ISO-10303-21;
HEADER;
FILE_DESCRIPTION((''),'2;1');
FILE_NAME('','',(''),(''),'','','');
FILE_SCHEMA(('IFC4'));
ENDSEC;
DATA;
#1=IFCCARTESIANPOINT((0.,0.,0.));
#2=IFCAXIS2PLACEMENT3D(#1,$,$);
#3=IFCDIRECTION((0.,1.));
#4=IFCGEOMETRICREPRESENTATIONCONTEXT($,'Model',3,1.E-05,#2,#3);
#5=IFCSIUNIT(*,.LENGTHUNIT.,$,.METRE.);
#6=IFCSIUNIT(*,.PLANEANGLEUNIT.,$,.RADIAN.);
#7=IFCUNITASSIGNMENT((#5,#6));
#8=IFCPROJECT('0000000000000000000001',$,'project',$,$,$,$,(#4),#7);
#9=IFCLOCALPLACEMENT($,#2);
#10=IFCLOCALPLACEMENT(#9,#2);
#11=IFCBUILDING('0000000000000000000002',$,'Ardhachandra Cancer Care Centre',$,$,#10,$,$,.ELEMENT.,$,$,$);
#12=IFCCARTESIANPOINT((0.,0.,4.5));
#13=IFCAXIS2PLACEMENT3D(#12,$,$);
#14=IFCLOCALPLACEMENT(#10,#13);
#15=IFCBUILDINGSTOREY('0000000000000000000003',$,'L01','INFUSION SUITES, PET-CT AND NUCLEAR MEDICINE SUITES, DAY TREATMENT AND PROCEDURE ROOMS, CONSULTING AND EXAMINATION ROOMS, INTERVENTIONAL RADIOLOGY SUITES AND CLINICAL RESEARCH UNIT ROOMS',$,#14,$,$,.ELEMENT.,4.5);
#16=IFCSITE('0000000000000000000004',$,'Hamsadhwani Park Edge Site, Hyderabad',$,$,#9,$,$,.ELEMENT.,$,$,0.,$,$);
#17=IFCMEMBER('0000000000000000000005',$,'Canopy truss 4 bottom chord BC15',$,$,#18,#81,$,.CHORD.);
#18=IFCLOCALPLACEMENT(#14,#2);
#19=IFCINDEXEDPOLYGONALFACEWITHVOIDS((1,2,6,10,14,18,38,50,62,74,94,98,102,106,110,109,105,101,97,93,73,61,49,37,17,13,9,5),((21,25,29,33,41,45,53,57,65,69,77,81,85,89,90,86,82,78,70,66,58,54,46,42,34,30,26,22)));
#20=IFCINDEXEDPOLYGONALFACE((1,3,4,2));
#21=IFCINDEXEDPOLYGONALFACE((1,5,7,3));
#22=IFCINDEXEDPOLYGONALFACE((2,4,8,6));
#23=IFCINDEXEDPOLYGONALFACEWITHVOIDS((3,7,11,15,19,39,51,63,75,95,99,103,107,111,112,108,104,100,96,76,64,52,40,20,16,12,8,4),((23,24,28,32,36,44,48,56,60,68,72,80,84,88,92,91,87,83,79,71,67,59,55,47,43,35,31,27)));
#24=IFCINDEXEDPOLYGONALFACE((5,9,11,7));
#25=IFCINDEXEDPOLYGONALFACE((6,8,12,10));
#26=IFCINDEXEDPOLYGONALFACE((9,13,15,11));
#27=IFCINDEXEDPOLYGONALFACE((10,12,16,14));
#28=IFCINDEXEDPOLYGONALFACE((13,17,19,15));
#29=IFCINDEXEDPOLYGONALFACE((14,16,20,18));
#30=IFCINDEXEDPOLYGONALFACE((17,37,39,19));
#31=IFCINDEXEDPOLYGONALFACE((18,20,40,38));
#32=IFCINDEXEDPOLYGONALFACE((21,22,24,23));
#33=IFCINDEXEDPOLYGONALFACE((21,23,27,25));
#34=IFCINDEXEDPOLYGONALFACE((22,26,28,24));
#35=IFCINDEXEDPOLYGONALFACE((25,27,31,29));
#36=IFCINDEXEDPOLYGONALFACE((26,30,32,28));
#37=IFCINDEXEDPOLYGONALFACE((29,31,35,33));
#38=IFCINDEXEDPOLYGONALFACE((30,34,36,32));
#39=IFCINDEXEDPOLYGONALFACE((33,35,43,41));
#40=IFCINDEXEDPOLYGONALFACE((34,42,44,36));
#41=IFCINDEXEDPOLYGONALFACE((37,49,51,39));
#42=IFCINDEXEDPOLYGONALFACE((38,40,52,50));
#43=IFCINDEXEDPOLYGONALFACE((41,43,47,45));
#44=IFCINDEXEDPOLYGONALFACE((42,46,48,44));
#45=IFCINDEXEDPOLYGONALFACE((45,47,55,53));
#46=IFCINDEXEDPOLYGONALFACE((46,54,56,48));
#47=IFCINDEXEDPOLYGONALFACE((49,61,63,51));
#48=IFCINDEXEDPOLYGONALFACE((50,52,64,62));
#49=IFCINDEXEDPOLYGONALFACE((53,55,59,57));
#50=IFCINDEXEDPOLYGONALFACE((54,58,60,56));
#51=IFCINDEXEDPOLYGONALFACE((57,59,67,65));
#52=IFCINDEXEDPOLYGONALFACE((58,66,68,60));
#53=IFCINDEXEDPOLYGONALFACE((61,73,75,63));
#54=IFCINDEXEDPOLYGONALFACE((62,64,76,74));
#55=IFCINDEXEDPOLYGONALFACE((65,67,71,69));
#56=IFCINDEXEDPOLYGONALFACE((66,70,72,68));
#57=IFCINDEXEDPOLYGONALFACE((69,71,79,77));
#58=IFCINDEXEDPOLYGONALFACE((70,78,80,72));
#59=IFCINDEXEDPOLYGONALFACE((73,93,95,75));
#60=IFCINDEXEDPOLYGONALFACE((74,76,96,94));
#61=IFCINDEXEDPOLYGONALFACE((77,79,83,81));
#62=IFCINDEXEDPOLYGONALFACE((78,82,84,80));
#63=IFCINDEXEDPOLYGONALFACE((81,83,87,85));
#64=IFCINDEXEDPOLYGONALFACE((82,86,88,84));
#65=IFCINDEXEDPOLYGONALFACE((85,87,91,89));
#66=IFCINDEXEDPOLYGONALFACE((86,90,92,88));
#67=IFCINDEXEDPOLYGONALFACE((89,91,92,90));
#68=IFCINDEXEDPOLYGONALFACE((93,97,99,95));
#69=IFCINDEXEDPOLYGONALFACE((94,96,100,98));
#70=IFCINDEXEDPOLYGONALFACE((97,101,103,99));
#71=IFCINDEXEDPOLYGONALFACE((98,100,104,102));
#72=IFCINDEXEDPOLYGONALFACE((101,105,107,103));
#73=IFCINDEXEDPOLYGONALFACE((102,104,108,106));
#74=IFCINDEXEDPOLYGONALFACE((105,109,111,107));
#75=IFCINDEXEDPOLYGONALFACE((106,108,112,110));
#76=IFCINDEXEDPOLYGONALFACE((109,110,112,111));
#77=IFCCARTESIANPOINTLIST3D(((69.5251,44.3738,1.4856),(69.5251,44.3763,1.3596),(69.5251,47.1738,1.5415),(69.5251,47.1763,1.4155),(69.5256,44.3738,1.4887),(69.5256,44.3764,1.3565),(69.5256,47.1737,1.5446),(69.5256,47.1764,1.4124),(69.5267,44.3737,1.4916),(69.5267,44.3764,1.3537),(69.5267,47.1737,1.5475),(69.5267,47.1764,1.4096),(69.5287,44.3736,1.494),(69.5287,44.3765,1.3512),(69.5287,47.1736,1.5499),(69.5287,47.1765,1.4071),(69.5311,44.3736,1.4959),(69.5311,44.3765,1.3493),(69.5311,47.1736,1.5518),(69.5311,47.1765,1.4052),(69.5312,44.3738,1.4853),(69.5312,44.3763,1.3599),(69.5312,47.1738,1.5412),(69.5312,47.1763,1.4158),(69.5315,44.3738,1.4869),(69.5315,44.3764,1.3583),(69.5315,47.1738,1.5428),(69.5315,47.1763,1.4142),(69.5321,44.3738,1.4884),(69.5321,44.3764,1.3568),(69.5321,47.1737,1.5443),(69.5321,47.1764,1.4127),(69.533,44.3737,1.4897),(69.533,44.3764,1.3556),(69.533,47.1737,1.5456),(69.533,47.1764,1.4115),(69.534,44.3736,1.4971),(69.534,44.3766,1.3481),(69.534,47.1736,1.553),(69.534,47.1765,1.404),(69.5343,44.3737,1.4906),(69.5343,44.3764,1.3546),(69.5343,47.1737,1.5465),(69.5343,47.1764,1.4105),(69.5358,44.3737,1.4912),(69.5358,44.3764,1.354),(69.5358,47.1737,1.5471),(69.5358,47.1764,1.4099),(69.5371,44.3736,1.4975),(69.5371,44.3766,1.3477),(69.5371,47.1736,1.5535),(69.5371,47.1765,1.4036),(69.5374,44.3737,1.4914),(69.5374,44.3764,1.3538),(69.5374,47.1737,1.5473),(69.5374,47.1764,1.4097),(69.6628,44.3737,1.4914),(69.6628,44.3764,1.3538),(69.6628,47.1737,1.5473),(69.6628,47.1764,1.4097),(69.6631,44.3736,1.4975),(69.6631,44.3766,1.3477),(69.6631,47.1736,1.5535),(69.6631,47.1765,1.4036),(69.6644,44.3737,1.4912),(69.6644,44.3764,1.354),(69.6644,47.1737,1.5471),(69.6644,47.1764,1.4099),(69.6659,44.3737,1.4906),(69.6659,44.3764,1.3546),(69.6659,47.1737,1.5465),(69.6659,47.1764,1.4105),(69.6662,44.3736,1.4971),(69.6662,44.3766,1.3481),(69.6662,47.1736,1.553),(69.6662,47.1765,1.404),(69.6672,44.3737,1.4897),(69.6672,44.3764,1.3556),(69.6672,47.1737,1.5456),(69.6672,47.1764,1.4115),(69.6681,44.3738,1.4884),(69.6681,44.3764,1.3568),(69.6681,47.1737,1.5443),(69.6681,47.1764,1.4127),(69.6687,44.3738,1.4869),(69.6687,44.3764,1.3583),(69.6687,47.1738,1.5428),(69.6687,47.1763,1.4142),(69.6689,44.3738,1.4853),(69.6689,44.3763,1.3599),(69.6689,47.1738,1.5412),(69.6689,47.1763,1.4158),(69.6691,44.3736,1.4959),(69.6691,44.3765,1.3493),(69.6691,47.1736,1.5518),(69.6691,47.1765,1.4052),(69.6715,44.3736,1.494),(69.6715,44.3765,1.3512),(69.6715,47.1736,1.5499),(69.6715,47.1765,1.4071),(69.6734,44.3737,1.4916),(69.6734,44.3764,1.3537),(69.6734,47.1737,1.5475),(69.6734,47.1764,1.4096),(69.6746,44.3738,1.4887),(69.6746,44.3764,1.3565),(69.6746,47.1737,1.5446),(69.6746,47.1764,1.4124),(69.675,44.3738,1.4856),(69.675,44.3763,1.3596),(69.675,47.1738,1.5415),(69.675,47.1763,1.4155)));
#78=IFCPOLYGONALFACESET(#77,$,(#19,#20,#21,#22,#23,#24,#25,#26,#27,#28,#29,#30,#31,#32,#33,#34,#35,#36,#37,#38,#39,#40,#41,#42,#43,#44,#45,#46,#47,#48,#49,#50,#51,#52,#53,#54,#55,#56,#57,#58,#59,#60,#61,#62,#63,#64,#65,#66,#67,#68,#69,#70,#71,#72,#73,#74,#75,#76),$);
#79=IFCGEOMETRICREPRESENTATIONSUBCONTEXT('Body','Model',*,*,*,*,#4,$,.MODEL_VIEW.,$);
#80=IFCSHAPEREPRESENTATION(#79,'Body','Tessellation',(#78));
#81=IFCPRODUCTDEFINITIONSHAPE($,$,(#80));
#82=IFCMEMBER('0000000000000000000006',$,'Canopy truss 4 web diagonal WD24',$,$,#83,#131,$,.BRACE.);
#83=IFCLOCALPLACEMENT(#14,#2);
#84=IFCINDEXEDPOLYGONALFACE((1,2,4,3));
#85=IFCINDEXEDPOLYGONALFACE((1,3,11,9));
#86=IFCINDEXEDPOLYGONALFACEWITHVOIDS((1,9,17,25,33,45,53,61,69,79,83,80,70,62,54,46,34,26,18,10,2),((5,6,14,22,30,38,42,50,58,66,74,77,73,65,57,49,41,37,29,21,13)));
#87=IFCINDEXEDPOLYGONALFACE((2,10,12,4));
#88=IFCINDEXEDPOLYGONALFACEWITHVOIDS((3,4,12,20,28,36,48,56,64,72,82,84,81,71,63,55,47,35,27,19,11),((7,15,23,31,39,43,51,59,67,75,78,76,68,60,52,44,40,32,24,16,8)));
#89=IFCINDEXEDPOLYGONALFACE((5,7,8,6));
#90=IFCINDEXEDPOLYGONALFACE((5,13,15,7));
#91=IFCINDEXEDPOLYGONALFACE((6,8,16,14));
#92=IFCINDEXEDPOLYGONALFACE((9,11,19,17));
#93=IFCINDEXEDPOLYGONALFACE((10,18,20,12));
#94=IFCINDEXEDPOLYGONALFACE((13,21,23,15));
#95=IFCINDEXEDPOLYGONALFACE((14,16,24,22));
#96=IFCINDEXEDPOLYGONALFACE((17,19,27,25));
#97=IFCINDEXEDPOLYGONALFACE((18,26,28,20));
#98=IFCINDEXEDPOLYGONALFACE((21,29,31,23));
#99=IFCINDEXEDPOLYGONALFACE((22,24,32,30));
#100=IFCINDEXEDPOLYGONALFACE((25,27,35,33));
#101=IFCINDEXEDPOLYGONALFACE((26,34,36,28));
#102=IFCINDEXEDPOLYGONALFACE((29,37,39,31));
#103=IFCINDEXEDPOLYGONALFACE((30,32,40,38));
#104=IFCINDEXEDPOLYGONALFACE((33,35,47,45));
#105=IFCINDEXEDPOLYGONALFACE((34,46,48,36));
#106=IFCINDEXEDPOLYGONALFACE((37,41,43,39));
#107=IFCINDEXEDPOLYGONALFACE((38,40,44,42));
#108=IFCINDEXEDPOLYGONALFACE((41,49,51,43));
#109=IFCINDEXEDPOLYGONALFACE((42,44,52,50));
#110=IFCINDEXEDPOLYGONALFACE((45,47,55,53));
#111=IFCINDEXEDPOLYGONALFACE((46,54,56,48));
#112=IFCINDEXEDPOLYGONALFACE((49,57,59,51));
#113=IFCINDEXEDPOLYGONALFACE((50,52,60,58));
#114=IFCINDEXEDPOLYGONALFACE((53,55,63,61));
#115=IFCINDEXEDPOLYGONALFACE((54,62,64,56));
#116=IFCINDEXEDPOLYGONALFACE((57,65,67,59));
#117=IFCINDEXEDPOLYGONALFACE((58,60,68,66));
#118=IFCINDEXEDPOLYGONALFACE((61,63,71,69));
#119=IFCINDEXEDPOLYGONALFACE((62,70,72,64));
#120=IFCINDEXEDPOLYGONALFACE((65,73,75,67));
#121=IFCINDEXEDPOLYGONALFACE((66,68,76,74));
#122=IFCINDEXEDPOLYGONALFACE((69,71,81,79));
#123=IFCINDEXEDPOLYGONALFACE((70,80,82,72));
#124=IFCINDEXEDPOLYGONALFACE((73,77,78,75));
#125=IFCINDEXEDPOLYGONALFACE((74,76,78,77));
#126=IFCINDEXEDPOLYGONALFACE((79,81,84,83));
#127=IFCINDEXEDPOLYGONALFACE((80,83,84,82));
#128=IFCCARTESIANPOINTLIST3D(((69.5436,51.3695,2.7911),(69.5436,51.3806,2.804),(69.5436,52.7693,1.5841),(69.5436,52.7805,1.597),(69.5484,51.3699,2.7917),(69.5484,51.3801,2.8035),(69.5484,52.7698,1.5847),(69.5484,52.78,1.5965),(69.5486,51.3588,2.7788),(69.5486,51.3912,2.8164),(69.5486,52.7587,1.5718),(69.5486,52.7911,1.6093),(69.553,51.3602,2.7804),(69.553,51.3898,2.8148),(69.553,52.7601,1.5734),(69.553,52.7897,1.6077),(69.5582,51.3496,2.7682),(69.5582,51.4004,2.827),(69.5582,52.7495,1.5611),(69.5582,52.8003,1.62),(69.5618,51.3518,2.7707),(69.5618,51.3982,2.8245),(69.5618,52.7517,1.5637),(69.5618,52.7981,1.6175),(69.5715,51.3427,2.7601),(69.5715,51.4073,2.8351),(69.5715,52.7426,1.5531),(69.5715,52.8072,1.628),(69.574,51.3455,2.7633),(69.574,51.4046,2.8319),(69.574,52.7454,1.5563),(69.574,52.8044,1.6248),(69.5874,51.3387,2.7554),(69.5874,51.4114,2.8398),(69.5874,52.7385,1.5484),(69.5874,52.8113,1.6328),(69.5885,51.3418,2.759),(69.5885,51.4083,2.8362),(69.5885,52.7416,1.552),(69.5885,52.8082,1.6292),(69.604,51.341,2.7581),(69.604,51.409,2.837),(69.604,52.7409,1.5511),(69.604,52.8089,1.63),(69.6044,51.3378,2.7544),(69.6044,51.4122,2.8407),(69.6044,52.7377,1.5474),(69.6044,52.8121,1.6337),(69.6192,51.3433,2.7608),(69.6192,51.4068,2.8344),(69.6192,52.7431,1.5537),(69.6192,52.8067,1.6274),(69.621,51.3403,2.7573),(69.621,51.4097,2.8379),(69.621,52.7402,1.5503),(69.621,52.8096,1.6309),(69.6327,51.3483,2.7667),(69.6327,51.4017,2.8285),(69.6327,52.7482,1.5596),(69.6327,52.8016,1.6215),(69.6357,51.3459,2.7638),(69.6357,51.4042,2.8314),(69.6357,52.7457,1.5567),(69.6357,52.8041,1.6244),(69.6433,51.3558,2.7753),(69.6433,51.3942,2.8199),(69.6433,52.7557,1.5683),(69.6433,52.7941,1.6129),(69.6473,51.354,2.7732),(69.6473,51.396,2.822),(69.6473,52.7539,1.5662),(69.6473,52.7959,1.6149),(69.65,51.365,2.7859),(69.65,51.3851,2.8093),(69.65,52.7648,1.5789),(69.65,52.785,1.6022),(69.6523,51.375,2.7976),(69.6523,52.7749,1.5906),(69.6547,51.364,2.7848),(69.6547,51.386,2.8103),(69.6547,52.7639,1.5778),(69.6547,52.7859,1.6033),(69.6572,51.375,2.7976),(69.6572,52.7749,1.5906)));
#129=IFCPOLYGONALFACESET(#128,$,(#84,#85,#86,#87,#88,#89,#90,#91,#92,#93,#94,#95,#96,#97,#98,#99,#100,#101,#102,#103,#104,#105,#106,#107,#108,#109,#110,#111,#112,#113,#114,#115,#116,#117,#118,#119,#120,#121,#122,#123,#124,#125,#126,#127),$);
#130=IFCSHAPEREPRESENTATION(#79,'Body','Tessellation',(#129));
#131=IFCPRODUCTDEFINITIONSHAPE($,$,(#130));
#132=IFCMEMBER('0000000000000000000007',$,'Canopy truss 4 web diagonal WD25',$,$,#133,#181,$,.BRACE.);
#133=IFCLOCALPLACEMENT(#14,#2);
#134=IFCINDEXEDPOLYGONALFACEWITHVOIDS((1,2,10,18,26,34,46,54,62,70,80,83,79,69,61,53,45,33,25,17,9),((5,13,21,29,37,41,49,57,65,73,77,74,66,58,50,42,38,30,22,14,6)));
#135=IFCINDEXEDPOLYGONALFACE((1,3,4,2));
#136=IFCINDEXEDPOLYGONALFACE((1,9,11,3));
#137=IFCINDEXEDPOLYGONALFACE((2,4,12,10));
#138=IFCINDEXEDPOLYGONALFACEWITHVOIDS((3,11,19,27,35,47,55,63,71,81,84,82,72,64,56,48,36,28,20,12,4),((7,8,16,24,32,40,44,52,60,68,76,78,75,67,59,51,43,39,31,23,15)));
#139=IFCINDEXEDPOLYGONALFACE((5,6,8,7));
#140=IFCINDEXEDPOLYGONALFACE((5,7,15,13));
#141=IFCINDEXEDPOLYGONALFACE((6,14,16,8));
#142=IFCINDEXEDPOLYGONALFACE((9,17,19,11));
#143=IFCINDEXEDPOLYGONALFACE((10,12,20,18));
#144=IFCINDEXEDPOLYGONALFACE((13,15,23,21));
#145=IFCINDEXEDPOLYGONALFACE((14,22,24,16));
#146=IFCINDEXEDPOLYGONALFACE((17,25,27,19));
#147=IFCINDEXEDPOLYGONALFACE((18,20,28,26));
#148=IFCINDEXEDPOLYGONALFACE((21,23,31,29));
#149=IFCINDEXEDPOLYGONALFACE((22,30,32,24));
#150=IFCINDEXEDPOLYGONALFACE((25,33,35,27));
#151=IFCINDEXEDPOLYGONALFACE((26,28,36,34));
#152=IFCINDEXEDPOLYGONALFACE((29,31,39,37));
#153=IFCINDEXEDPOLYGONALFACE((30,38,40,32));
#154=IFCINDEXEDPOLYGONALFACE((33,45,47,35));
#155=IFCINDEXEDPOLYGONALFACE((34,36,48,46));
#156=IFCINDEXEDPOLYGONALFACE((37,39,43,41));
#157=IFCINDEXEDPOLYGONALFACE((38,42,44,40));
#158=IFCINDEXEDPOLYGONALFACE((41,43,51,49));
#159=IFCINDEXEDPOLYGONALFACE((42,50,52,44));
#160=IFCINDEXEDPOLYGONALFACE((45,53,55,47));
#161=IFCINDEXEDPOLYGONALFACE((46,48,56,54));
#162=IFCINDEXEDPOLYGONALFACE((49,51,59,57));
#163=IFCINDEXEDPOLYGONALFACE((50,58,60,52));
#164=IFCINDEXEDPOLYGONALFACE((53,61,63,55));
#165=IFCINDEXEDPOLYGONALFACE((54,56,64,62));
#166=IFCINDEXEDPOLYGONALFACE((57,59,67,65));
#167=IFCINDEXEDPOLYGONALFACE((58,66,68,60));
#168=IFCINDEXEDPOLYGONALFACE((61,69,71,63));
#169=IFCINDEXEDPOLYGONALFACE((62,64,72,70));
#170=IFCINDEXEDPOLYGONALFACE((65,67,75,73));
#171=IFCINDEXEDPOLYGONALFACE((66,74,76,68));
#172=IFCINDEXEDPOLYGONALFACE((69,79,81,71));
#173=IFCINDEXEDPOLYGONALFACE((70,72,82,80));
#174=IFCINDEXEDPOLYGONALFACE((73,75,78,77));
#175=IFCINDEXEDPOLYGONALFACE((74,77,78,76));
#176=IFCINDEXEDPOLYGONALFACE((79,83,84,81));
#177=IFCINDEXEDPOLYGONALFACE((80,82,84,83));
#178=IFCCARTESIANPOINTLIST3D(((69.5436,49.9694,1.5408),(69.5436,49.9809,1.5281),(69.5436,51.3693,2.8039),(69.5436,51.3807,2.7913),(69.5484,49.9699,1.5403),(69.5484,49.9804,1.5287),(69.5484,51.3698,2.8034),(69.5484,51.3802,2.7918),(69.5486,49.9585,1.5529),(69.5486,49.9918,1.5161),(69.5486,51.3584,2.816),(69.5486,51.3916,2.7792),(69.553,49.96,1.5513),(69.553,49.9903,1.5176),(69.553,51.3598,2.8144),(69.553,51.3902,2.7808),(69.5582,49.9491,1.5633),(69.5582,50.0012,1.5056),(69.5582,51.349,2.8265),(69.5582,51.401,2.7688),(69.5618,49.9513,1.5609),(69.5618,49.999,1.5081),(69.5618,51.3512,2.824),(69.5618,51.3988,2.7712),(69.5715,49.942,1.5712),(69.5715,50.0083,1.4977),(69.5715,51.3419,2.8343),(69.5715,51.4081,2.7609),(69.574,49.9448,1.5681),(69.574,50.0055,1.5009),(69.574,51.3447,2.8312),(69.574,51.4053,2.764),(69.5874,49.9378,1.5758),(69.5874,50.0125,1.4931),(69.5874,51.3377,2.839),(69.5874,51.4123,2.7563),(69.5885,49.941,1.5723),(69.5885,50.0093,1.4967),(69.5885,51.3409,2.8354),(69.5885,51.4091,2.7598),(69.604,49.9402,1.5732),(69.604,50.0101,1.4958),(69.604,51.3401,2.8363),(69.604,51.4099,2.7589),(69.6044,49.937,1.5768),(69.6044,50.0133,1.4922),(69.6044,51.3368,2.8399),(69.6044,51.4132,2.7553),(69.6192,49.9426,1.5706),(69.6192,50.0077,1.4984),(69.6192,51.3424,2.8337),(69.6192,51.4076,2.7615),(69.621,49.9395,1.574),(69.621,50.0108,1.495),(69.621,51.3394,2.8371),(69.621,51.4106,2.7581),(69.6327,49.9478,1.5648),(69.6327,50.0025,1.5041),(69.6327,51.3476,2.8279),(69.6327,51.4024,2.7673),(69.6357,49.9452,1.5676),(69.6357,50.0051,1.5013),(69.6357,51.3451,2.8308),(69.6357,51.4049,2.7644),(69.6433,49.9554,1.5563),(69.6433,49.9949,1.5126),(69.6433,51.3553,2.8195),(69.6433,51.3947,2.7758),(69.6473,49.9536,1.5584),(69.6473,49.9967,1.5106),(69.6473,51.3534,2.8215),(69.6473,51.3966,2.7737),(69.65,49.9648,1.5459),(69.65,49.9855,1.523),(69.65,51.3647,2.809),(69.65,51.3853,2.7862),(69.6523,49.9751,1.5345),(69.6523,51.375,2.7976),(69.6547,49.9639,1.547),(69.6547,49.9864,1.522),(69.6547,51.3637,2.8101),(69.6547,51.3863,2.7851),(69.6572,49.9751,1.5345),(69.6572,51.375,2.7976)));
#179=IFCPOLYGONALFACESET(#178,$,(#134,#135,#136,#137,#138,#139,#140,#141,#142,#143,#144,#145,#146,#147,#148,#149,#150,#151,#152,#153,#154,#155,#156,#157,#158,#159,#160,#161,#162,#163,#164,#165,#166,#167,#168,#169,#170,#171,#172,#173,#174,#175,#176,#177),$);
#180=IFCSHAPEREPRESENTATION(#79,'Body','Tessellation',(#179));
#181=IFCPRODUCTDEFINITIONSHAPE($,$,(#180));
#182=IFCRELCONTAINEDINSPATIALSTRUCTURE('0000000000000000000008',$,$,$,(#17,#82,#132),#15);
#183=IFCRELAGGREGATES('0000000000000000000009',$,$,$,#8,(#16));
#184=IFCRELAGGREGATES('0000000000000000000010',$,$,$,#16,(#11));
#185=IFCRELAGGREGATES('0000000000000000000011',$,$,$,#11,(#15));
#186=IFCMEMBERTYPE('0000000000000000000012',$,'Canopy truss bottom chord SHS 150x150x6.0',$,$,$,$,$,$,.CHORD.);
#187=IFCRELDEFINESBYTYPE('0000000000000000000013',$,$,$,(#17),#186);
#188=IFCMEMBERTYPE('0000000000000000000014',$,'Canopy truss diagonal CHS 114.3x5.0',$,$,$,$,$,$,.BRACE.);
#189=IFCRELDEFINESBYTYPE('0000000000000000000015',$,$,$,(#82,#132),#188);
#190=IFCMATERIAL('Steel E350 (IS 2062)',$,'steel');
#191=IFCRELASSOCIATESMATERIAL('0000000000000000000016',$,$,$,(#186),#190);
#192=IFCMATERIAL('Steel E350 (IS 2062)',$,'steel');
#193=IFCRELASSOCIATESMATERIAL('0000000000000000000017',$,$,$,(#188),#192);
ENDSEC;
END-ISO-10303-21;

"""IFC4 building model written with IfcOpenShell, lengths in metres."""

from ifc_helpers import new_model, si_unit, direction, frame, origin, origin_2d, place, context, subcontext, project, spatial, hollow_rectangle, hollow_circle, extrude, material, material_profile, profile_set, type_object, element, save


model = new_model("IFC4")

# Units and contexts
model_context = context("Model", 3, precision=1e-05, world=origin(), true_north=direction((0.0, 1.0)))
body_context = subcontext(model_context, "Body", "Model", "MODEL_VIEW")
ifc_project = project(units=[si_unit("LENGTHUNIT", "METRE"), si_unit("PLANEANGLEUNIT", "RADIAN")], contexts=[model_context])

# Site, building, storey
site_placement = place(None, origin())
site = spatial("IfcSite", under=ifc_project, at=site_placement, Name="Hamsadhwani Park Edge Site, Hyderabad", CompositionType="ELEMENT", RefElevation=0.0)
building_placement = place(site_placement, origin())
building = spatial("IfcBuilding", under=site, at=building_placement, Name="Ardhachandra Cancer Care Centre", CompositionType="ELEMENT")
storey_placement = place(building_placement, frame((0.0, 0.0, 4.5)))
storey = spatial("IfcBuildingStorey", under=building, at=storey_placement, Name="L01", Description="INFUSION SUITES, PET-CT AND NUCLEAR MEDICINE SUITES, DAY TREATMENT AND PROCEDURE ROOMS, CONSULTING AND EXAMINATION ROOMS, INTERVENTIONAL RADIOLOGY SUITES AND CLINICAL RESEARCH UNIT ROOMS", CompositionType="ELEMENT", Elevation=4.5)

# Members
ifc_material_1 = material(Name="Steel E350 (IS 2062)", Category="steel")
ifc_material_profile_1 = material_profile(ifc_material_1, hollow_rectangle(XDim=0.1499, YDim=0.1499, WallThickness=0.0061, InnerFilletRadius=0.0061, OuterFilletRadius=0.012, at=origin_2d()), Name="SHS 150x150x6.0")
ifc_profile_set_1 = profile_set([ifc_material_profile_1], Name="Steel E350 (IS 2062)")
member_type_1 = type_object("IfcMemberType", Name="Canopy truss bottom chord SHS 150x150x6.0", PredefinedType="CHORD", material=ifc_profile_set_1)
for number, where, z_axis, x_axis, name in (
    (1, (69.6001, 47.175, 1.4785), (0.0, -0.999801, -0.019963), (1.0, 0.0, 0.0), "Canopy truss 4 bottom chord BC15"),
):
    element("IfcMember", number, at=place(storey_placement, frame(where, z_axis=z_axis, x_axis=x_axis)), inside=storey, type_object=member_type_1, Name=name, PredefinedType="CHORD", context=body_context, shape_type="SweptSolid", body=[
        extrude(hollow_rectangle(XDim=0.1499, YDim=0.1499, WallThickness=0.0061, InnerFilletRadius=0.0061, OuterFilletRadius=0.012, at=origin_2d()), origin(), (0.0, 0.0, 1.0), 2.8005),
    ])
ifc_material_2 = material(Name="Steel E350 (IS 2062)", Category="steel")
ifc_material_profile_2 = material_profile(ifc_material_2, hollow_circle(Radius=0.0571, WallThickness=0.0049, at=origin_2d()), Name="CHS 114.3x5.0")
ifc_profile_set_2 = profile_set([ifc_material_profile_2], Name="Steel E350 (IS 2062)")
member_type_2 = type_object("IfcMemberType", Name="Canopy truss diagonal CHS 114.3x5.0", PredefinedType="BRACE", material=ifc_profile_set_2)
member_1_placement = place(storey_placement, frame((69.6001, 52.7749, 1.5906), z_axis=(0.0, -0.757351, 0.653008), x_axis=(1.0, 0.0, 0.0)))
element("IfcMember", 2, at=member_1_placement, inside=storey, type_object=member_type_2, Name="Canopy truss 4 web diagonal WD24", PredefinedType="BRACE", context=body_context, shape_type="SweptSolid", body=[
    extrude(hollow_circle(Radius=0.0571, WallThickness=0.0049, at=origin_2d()), origin(), (0.0, 0.0, 1.0), 1.8484),
])
member_2_placement = place(storey_placement, frame((69.6001, 51.375, 2.7976), z_axis=(0.0, -0.742431, -0.669923), x_axis=(1.0, 0.0, 0.0)))
element("IfcMember", 3, at=member_2_placement, inside=storey, type_object=member_type_2, Name="Canopy truss 4 web diagonal WD25", PredefinedType="BRACE", context=body_context, shape_type="SweptSolid", body=[
    extrude(hollow_circle(Radius=0.0571, WallThickness=0.0049, at=origin_2d()), origin(), (0.0, 0.0, 1.0), 1.8855),
])

save(model, "model.ifc")
